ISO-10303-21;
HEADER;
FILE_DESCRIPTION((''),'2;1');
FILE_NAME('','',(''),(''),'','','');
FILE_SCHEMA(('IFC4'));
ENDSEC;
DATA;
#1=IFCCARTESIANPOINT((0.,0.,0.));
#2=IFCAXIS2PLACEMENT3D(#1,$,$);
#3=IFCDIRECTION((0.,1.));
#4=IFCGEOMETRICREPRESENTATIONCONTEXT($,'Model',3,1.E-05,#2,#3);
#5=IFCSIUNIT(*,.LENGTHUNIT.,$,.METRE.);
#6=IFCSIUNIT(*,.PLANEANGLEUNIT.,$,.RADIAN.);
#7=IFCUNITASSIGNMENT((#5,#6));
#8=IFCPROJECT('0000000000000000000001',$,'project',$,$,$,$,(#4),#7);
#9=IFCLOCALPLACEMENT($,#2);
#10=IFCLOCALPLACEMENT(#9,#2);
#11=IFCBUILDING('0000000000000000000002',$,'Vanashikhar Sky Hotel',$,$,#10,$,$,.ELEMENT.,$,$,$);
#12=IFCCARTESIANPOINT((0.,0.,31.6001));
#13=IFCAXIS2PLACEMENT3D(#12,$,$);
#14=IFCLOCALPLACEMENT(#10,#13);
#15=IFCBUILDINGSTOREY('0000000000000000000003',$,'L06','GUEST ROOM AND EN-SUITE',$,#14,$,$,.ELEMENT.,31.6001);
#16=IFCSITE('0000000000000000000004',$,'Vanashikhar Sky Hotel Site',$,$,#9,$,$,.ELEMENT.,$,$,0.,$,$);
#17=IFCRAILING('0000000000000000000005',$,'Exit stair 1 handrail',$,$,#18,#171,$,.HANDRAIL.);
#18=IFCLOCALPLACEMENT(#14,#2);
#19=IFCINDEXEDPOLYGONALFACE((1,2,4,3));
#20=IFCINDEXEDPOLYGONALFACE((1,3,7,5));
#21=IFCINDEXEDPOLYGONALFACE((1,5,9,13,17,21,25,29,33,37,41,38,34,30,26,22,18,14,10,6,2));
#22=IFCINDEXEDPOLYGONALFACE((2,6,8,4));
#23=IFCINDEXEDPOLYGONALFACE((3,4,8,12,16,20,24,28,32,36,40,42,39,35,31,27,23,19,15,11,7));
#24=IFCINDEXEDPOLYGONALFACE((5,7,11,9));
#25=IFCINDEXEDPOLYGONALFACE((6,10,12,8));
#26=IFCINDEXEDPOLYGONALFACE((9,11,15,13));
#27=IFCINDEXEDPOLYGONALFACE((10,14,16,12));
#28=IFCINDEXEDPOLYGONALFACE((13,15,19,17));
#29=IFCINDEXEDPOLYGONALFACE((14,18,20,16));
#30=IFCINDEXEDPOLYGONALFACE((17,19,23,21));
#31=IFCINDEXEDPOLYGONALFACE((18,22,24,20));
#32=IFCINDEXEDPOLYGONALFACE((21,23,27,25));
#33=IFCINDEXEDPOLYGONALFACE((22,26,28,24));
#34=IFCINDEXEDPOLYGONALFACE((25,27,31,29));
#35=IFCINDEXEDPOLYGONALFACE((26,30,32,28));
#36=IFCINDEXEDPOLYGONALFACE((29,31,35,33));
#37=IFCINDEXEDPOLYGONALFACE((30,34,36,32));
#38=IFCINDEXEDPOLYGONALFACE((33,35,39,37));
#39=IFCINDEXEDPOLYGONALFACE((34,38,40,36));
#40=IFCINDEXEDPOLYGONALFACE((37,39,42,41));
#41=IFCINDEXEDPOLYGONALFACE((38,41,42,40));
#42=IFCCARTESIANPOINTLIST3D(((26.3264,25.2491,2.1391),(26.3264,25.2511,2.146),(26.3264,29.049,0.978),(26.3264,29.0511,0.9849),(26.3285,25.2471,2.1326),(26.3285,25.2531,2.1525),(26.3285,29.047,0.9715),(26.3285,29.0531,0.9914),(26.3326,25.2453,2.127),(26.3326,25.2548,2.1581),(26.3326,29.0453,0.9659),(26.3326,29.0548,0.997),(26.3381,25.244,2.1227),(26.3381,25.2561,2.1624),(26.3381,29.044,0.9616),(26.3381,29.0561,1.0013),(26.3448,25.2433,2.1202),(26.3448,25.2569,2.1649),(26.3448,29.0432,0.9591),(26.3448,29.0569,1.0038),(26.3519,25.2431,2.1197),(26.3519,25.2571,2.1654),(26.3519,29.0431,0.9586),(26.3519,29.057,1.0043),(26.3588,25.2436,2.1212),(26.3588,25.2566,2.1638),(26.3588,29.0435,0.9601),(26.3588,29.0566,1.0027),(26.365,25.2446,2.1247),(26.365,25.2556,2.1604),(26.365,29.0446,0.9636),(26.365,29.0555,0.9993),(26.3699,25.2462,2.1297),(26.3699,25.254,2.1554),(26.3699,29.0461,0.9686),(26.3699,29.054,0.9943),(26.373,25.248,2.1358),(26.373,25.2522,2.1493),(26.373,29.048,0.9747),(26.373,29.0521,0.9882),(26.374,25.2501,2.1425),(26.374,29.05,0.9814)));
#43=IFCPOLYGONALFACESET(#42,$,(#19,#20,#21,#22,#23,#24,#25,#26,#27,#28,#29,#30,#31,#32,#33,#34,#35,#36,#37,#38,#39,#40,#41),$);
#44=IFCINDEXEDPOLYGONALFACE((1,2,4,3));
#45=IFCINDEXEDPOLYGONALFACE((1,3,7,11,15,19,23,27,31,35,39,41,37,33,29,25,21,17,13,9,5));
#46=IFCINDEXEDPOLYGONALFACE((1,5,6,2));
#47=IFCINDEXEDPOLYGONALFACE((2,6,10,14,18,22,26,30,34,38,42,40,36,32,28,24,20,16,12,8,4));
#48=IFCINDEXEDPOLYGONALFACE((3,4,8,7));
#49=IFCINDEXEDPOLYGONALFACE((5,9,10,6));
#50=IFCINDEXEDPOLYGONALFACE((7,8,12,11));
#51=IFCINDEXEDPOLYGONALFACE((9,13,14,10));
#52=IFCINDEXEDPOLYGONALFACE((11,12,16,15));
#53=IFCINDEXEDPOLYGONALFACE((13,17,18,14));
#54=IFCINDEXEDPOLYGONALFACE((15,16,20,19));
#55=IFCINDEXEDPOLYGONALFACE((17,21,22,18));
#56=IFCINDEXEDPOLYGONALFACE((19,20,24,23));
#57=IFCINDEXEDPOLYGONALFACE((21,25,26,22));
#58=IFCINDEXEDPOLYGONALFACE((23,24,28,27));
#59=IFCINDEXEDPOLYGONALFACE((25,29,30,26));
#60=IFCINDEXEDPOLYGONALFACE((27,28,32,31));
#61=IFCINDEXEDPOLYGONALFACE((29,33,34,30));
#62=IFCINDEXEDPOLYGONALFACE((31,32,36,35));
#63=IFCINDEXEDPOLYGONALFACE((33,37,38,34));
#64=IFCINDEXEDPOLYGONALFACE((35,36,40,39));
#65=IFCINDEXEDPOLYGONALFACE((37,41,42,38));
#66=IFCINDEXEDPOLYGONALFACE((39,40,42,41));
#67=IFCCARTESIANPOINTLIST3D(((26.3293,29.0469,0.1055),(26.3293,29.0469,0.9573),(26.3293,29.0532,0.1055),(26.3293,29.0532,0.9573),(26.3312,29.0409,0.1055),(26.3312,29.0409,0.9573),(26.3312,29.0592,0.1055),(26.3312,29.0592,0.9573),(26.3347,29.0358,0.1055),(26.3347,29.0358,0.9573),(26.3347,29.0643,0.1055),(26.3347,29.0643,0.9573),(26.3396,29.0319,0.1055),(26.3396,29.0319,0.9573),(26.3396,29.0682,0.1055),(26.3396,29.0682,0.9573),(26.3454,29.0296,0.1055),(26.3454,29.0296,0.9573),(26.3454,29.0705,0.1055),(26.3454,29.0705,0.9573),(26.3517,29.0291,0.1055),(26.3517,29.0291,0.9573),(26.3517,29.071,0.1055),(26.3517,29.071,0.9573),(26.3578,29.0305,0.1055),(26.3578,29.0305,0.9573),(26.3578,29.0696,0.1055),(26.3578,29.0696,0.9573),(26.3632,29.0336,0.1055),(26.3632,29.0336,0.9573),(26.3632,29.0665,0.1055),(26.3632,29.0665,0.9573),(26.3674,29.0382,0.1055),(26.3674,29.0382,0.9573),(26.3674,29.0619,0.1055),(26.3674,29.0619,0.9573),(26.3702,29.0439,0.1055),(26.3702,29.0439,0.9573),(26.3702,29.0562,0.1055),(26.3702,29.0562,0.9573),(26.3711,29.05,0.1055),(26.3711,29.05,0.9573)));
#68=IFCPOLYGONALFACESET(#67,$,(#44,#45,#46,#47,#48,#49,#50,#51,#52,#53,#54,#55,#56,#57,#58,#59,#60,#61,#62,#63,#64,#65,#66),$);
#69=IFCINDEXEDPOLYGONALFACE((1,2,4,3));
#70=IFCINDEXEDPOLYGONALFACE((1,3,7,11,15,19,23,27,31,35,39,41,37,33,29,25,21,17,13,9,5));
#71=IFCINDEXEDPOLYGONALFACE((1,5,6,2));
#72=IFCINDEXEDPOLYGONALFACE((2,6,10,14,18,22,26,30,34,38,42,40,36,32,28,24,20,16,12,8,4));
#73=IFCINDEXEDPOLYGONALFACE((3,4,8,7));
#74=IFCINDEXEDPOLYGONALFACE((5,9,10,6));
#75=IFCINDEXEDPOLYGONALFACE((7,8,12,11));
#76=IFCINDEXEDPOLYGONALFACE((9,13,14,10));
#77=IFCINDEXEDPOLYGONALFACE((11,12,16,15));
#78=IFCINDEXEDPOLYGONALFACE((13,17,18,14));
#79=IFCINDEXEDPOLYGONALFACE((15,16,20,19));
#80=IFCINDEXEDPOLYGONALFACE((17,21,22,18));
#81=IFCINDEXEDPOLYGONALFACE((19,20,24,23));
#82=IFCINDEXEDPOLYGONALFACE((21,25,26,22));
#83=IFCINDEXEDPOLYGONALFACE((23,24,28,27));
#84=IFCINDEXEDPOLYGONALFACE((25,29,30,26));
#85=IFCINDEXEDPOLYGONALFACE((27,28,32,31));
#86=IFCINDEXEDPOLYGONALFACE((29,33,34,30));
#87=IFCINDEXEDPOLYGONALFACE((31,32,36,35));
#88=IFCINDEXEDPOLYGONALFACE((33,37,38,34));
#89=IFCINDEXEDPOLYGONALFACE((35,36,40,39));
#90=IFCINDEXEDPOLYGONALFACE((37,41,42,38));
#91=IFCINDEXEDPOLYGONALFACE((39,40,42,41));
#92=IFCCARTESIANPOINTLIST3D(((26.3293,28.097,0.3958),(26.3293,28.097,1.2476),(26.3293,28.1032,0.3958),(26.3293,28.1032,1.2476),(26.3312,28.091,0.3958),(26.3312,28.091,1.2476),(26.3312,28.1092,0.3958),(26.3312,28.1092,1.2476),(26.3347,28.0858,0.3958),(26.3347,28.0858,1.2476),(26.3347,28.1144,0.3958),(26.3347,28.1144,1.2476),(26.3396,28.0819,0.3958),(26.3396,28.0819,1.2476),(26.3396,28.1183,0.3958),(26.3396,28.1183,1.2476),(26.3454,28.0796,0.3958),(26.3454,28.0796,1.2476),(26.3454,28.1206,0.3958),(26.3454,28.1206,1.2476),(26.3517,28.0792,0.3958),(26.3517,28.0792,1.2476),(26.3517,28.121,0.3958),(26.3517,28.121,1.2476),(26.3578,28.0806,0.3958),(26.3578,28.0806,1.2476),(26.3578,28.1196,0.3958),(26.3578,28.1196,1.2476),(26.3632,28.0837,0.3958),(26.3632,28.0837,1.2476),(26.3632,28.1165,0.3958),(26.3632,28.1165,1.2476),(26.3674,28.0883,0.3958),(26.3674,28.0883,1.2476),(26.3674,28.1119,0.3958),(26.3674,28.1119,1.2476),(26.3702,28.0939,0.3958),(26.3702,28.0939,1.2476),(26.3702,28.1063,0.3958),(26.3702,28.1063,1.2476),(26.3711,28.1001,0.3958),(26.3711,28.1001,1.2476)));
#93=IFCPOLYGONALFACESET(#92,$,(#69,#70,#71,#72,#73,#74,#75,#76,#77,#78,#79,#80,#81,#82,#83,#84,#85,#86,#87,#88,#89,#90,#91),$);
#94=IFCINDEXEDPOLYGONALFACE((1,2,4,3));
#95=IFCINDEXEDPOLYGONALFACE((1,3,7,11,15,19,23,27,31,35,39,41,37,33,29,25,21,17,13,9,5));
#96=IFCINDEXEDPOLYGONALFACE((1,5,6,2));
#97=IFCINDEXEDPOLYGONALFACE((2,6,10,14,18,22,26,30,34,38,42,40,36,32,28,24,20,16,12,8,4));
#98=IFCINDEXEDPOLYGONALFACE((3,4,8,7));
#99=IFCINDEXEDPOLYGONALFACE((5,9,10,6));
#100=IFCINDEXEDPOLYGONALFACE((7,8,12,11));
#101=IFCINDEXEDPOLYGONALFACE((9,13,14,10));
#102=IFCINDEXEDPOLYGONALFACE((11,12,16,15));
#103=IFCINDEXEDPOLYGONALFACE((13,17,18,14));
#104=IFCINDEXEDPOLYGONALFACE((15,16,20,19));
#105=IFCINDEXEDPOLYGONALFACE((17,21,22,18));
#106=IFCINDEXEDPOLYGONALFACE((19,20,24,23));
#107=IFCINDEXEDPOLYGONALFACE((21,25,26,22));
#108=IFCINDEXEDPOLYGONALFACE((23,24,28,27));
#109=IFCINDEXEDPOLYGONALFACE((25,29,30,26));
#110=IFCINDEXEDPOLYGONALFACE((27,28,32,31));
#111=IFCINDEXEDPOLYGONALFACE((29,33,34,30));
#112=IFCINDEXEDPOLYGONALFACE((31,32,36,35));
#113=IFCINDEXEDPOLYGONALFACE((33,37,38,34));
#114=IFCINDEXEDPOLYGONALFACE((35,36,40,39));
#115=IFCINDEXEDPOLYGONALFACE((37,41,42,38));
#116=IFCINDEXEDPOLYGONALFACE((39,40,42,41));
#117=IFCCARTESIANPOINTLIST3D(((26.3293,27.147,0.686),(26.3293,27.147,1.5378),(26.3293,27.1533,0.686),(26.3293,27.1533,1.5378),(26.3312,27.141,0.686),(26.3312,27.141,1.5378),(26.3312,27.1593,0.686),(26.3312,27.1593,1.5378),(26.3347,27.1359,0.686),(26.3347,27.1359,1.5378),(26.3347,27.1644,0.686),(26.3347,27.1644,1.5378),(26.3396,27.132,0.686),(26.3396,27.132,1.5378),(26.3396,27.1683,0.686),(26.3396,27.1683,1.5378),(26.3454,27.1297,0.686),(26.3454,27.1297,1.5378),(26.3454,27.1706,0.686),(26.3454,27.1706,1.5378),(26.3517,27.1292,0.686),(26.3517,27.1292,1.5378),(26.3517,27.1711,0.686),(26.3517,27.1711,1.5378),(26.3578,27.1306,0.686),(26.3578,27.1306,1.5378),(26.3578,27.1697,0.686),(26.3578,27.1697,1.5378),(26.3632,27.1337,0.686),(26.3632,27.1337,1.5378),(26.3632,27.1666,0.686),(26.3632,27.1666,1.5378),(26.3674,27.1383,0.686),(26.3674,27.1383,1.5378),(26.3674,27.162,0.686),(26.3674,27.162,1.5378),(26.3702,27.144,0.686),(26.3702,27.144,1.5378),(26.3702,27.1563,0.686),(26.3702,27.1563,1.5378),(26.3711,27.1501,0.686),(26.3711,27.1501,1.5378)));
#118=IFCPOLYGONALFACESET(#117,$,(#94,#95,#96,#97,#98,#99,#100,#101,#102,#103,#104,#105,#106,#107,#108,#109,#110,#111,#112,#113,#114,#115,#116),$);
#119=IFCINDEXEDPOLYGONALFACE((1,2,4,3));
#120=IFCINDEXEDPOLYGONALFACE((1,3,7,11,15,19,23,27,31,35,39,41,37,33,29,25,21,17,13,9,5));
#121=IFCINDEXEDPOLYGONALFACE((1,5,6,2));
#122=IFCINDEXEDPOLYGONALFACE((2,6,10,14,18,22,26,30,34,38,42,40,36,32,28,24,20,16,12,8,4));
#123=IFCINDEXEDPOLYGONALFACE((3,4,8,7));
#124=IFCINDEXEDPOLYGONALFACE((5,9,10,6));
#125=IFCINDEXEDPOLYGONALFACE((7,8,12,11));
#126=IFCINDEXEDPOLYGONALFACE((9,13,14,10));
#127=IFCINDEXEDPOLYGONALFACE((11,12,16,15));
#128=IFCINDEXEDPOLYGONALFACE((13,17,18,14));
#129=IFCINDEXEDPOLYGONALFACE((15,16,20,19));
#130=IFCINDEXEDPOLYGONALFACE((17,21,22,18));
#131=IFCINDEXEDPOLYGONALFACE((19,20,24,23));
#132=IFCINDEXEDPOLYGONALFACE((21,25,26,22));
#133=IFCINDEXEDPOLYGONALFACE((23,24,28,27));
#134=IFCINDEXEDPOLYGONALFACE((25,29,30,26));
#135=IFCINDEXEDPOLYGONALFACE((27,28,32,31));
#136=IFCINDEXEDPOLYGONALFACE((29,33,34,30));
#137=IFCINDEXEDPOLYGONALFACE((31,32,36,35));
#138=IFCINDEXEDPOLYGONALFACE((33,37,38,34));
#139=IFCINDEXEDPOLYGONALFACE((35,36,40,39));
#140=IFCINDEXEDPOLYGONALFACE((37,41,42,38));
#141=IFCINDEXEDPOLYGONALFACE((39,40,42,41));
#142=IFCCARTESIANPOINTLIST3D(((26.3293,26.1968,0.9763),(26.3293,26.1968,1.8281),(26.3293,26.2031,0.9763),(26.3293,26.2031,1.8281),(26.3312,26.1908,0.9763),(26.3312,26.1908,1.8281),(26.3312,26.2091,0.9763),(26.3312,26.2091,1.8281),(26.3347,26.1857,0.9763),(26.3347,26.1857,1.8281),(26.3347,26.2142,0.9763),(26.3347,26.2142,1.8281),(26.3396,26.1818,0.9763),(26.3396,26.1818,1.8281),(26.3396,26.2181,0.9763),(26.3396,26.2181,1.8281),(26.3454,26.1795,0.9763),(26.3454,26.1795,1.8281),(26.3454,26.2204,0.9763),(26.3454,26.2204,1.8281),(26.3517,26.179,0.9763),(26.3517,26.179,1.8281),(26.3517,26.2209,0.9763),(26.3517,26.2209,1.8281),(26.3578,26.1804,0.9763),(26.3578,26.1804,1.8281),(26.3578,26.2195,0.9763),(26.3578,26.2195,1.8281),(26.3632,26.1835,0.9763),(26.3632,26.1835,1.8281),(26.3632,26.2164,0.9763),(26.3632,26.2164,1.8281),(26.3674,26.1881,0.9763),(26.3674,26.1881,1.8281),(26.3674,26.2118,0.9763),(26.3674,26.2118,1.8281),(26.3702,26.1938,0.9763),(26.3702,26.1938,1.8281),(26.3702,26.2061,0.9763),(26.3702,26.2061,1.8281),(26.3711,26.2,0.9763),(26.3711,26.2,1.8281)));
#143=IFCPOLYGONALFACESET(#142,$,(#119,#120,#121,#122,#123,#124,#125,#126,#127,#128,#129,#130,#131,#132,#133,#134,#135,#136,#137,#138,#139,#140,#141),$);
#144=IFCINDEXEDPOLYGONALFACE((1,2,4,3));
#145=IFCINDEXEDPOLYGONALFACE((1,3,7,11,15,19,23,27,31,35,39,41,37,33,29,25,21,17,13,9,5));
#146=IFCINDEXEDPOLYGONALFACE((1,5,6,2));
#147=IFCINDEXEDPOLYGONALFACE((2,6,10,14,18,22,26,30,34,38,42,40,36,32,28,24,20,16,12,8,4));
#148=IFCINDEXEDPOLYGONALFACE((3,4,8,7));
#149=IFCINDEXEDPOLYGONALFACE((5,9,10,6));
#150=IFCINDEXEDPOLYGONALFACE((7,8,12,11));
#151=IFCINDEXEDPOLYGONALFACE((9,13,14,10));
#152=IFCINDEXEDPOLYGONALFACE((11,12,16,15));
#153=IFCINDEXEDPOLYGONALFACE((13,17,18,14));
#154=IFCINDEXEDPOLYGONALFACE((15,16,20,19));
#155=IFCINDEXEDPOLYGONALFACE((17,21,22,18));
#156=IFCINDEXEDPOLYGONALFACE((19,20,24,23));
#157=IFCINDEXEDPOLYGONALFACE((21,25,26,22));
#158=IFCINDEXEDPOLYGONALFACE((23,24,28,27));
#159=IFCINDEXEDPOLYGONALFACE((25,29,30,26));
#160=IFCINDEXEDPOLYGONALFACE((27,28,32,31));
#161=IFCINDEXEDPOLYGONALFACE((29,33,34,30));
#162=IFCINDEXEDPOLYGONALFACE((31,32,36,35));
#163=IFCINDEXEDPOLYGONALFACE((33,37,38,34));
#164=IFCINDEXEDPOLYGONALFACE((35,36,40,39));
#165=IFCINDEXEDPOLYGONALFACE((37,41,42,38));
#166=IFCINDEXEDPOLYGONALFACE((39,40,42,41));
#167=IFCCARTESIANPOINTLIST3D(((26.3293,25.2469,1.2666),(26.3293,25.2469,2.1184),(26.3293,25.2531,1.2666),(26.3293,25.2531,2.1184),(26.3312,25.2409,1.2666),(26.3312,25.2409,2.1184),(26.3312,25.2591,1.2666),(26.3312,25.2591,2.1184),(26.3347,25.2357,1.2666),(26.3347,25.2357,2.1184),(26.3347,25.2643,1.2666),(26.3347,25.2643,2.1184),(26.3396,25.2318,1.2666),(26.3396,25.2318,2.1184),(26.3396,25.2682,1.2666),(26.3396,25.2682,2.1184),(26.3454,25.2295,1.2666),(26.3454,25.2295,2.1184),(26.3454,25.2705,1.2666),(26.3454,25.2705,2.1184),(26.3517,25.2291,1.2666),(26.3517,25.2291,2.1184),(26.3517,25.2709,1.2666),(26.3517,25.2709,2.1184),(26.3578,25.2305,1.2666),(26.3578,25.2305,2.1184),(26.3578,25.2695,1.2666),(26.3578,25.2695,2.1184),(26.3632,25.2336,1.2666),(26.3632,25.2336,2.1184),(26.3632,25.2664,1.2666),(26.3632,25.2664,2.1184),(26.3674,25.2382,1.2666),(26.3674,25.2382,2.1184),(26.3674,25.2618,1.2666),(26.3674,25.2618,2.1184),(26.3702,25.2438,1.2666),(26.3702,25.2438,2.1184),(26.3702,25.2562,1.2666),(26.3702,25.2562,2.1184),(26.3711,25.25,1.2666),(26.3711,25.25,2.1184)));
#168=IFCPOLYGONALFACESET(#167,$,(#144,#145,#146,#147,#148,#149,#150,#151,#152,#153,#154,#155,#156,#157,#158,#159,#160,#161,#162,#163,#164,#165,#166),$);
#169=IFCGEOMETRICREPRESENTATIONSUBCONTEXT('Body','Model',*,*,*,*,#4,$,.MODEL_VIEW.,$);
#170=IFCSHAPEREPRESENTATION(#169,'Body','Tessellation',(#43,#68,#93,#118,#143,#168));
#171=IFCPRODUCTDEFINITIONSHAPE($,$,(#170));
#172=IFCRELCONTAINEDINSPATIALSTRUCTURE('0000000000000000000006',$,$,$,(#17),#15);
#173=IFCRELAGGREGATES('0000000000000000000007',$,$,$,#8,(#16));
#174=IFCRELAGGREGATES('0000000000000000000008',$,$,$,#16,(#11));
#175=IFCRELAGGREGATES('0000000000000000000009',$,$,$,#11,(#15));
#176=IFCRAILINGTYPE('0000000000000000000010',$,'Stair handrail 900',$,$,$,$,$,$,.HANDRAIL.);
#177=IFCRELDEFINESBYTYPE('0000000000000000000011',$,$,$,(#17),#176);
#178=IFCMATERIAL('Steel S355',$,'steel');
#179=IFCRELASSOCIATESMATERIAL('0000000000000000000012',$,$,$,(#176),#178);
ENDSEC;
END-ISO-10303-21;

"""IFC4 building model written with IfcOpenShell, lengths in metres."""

from ifc_helpers import new_model, si_unit, direction, frame, origin, origin_2d, place, context, subcontext, project, spatial, circle, extrude, source, transform, mapped, material, type_object, element, save


model = new_model("IFC4")

# Units and contexts
model_context = context("Model", 3, precision=1e-05, world=origin(), true_north=direction((0.0, 1.0)))
body_context = subcontext(model_context, "Body", "Model", "MODEL_VIEW")
ifc_project = project(units=[si_unit("LENGTHUNIT", "METRE"), si_unit("PLANEANGLEUNIT", "RADIAN")], contexts=[model_context])

# Site, building, storey
site_placement = place(None, origin())
site = spatial("IfcSite", under=ifc_project, at=site_placement, Name="Vanashikhar Sky Hotel Site", CompositionType="ELEMENT", RefElevation=0.0)
building_placement = place(site_placement, origin())
building = spatial("IfcBuilding", under=site, at=building_placement, Name="Vanashikhar Sky Hotel", CompositionType="ELEMENT")
storey_placement = place(building_placement, frame((0.0, 0.0, 31.6001)))
storey = spatial("IfcBuildingStorey", under=building, at=storey_placement, Name="L06", Description="GUEST ROOM AND EN-SUITE", CompositionType="ELEMENT", Elevation=31.6001)

# Railing
ifc_material_1 = material(Name="Steel S355", Category="steel")
railing_type_1 = type_object("IfcRailingType", Name="Stair handrail 900", PredefinedType="HANDRAIL", material=ifc_material_1)
shared_shape_1 = source(origin(), body_context, "Body", "SweptSolid", [
    extrude(circle(Radius=0.0239, at=origin_2d()), frame((0.0, 0.0, 0.876), z_axis=(0.0, -0.956351, 0.29222), x_axis=(1.0, 0.0, 0.0)), (0.0, 0.0, 1.0), 3.9734),
    extrude(circle(Radius=0.021, at=origin_2d()), origin(), (0.0, 0.0, 1.0), 0.8518),
    extrude(circle(Radius=0.021, at=origin_2d()), frame((0.0, -0.95, 0.2903)), (0.0, 0.0, 1.0), 0.8518),
    extrude(circle(Radius=0.021, at=origin_2d()), frame((0.0, -1.8999, 0.5806)), (0.0, 0.0, 1.0), 0.8518),
    extrude(circle(Radius=0.021, at=origin_2d()), frame((0.0, -2.8501, 0.8708)), (0.0, 0.0, 1.0), 0.8518),
    extrude(circle(Radius=0.021, at=origin_2d()), frame((0.0, -3.8, 1.1611)), (0.0, 0.0, 1.0), 0.8518),
])
for number, where, name in (
    (1, (26.3501, 29.05, 0.1055), "Exit stair 1 handrail"),
):
    element("IfcRailing", number, at=place(storey_placement, frame(where)), inside=storey, type_object=railing_type_1, Name=name, PredefinedType="HANDRAIL", context=body_context, shape_type="MappedRepresentation", body=[
        mapped(shared_shape_1, transform((0.0, 0.0, 0.0), scale=1.0)),
    ])

save(model, "model.ifc")
